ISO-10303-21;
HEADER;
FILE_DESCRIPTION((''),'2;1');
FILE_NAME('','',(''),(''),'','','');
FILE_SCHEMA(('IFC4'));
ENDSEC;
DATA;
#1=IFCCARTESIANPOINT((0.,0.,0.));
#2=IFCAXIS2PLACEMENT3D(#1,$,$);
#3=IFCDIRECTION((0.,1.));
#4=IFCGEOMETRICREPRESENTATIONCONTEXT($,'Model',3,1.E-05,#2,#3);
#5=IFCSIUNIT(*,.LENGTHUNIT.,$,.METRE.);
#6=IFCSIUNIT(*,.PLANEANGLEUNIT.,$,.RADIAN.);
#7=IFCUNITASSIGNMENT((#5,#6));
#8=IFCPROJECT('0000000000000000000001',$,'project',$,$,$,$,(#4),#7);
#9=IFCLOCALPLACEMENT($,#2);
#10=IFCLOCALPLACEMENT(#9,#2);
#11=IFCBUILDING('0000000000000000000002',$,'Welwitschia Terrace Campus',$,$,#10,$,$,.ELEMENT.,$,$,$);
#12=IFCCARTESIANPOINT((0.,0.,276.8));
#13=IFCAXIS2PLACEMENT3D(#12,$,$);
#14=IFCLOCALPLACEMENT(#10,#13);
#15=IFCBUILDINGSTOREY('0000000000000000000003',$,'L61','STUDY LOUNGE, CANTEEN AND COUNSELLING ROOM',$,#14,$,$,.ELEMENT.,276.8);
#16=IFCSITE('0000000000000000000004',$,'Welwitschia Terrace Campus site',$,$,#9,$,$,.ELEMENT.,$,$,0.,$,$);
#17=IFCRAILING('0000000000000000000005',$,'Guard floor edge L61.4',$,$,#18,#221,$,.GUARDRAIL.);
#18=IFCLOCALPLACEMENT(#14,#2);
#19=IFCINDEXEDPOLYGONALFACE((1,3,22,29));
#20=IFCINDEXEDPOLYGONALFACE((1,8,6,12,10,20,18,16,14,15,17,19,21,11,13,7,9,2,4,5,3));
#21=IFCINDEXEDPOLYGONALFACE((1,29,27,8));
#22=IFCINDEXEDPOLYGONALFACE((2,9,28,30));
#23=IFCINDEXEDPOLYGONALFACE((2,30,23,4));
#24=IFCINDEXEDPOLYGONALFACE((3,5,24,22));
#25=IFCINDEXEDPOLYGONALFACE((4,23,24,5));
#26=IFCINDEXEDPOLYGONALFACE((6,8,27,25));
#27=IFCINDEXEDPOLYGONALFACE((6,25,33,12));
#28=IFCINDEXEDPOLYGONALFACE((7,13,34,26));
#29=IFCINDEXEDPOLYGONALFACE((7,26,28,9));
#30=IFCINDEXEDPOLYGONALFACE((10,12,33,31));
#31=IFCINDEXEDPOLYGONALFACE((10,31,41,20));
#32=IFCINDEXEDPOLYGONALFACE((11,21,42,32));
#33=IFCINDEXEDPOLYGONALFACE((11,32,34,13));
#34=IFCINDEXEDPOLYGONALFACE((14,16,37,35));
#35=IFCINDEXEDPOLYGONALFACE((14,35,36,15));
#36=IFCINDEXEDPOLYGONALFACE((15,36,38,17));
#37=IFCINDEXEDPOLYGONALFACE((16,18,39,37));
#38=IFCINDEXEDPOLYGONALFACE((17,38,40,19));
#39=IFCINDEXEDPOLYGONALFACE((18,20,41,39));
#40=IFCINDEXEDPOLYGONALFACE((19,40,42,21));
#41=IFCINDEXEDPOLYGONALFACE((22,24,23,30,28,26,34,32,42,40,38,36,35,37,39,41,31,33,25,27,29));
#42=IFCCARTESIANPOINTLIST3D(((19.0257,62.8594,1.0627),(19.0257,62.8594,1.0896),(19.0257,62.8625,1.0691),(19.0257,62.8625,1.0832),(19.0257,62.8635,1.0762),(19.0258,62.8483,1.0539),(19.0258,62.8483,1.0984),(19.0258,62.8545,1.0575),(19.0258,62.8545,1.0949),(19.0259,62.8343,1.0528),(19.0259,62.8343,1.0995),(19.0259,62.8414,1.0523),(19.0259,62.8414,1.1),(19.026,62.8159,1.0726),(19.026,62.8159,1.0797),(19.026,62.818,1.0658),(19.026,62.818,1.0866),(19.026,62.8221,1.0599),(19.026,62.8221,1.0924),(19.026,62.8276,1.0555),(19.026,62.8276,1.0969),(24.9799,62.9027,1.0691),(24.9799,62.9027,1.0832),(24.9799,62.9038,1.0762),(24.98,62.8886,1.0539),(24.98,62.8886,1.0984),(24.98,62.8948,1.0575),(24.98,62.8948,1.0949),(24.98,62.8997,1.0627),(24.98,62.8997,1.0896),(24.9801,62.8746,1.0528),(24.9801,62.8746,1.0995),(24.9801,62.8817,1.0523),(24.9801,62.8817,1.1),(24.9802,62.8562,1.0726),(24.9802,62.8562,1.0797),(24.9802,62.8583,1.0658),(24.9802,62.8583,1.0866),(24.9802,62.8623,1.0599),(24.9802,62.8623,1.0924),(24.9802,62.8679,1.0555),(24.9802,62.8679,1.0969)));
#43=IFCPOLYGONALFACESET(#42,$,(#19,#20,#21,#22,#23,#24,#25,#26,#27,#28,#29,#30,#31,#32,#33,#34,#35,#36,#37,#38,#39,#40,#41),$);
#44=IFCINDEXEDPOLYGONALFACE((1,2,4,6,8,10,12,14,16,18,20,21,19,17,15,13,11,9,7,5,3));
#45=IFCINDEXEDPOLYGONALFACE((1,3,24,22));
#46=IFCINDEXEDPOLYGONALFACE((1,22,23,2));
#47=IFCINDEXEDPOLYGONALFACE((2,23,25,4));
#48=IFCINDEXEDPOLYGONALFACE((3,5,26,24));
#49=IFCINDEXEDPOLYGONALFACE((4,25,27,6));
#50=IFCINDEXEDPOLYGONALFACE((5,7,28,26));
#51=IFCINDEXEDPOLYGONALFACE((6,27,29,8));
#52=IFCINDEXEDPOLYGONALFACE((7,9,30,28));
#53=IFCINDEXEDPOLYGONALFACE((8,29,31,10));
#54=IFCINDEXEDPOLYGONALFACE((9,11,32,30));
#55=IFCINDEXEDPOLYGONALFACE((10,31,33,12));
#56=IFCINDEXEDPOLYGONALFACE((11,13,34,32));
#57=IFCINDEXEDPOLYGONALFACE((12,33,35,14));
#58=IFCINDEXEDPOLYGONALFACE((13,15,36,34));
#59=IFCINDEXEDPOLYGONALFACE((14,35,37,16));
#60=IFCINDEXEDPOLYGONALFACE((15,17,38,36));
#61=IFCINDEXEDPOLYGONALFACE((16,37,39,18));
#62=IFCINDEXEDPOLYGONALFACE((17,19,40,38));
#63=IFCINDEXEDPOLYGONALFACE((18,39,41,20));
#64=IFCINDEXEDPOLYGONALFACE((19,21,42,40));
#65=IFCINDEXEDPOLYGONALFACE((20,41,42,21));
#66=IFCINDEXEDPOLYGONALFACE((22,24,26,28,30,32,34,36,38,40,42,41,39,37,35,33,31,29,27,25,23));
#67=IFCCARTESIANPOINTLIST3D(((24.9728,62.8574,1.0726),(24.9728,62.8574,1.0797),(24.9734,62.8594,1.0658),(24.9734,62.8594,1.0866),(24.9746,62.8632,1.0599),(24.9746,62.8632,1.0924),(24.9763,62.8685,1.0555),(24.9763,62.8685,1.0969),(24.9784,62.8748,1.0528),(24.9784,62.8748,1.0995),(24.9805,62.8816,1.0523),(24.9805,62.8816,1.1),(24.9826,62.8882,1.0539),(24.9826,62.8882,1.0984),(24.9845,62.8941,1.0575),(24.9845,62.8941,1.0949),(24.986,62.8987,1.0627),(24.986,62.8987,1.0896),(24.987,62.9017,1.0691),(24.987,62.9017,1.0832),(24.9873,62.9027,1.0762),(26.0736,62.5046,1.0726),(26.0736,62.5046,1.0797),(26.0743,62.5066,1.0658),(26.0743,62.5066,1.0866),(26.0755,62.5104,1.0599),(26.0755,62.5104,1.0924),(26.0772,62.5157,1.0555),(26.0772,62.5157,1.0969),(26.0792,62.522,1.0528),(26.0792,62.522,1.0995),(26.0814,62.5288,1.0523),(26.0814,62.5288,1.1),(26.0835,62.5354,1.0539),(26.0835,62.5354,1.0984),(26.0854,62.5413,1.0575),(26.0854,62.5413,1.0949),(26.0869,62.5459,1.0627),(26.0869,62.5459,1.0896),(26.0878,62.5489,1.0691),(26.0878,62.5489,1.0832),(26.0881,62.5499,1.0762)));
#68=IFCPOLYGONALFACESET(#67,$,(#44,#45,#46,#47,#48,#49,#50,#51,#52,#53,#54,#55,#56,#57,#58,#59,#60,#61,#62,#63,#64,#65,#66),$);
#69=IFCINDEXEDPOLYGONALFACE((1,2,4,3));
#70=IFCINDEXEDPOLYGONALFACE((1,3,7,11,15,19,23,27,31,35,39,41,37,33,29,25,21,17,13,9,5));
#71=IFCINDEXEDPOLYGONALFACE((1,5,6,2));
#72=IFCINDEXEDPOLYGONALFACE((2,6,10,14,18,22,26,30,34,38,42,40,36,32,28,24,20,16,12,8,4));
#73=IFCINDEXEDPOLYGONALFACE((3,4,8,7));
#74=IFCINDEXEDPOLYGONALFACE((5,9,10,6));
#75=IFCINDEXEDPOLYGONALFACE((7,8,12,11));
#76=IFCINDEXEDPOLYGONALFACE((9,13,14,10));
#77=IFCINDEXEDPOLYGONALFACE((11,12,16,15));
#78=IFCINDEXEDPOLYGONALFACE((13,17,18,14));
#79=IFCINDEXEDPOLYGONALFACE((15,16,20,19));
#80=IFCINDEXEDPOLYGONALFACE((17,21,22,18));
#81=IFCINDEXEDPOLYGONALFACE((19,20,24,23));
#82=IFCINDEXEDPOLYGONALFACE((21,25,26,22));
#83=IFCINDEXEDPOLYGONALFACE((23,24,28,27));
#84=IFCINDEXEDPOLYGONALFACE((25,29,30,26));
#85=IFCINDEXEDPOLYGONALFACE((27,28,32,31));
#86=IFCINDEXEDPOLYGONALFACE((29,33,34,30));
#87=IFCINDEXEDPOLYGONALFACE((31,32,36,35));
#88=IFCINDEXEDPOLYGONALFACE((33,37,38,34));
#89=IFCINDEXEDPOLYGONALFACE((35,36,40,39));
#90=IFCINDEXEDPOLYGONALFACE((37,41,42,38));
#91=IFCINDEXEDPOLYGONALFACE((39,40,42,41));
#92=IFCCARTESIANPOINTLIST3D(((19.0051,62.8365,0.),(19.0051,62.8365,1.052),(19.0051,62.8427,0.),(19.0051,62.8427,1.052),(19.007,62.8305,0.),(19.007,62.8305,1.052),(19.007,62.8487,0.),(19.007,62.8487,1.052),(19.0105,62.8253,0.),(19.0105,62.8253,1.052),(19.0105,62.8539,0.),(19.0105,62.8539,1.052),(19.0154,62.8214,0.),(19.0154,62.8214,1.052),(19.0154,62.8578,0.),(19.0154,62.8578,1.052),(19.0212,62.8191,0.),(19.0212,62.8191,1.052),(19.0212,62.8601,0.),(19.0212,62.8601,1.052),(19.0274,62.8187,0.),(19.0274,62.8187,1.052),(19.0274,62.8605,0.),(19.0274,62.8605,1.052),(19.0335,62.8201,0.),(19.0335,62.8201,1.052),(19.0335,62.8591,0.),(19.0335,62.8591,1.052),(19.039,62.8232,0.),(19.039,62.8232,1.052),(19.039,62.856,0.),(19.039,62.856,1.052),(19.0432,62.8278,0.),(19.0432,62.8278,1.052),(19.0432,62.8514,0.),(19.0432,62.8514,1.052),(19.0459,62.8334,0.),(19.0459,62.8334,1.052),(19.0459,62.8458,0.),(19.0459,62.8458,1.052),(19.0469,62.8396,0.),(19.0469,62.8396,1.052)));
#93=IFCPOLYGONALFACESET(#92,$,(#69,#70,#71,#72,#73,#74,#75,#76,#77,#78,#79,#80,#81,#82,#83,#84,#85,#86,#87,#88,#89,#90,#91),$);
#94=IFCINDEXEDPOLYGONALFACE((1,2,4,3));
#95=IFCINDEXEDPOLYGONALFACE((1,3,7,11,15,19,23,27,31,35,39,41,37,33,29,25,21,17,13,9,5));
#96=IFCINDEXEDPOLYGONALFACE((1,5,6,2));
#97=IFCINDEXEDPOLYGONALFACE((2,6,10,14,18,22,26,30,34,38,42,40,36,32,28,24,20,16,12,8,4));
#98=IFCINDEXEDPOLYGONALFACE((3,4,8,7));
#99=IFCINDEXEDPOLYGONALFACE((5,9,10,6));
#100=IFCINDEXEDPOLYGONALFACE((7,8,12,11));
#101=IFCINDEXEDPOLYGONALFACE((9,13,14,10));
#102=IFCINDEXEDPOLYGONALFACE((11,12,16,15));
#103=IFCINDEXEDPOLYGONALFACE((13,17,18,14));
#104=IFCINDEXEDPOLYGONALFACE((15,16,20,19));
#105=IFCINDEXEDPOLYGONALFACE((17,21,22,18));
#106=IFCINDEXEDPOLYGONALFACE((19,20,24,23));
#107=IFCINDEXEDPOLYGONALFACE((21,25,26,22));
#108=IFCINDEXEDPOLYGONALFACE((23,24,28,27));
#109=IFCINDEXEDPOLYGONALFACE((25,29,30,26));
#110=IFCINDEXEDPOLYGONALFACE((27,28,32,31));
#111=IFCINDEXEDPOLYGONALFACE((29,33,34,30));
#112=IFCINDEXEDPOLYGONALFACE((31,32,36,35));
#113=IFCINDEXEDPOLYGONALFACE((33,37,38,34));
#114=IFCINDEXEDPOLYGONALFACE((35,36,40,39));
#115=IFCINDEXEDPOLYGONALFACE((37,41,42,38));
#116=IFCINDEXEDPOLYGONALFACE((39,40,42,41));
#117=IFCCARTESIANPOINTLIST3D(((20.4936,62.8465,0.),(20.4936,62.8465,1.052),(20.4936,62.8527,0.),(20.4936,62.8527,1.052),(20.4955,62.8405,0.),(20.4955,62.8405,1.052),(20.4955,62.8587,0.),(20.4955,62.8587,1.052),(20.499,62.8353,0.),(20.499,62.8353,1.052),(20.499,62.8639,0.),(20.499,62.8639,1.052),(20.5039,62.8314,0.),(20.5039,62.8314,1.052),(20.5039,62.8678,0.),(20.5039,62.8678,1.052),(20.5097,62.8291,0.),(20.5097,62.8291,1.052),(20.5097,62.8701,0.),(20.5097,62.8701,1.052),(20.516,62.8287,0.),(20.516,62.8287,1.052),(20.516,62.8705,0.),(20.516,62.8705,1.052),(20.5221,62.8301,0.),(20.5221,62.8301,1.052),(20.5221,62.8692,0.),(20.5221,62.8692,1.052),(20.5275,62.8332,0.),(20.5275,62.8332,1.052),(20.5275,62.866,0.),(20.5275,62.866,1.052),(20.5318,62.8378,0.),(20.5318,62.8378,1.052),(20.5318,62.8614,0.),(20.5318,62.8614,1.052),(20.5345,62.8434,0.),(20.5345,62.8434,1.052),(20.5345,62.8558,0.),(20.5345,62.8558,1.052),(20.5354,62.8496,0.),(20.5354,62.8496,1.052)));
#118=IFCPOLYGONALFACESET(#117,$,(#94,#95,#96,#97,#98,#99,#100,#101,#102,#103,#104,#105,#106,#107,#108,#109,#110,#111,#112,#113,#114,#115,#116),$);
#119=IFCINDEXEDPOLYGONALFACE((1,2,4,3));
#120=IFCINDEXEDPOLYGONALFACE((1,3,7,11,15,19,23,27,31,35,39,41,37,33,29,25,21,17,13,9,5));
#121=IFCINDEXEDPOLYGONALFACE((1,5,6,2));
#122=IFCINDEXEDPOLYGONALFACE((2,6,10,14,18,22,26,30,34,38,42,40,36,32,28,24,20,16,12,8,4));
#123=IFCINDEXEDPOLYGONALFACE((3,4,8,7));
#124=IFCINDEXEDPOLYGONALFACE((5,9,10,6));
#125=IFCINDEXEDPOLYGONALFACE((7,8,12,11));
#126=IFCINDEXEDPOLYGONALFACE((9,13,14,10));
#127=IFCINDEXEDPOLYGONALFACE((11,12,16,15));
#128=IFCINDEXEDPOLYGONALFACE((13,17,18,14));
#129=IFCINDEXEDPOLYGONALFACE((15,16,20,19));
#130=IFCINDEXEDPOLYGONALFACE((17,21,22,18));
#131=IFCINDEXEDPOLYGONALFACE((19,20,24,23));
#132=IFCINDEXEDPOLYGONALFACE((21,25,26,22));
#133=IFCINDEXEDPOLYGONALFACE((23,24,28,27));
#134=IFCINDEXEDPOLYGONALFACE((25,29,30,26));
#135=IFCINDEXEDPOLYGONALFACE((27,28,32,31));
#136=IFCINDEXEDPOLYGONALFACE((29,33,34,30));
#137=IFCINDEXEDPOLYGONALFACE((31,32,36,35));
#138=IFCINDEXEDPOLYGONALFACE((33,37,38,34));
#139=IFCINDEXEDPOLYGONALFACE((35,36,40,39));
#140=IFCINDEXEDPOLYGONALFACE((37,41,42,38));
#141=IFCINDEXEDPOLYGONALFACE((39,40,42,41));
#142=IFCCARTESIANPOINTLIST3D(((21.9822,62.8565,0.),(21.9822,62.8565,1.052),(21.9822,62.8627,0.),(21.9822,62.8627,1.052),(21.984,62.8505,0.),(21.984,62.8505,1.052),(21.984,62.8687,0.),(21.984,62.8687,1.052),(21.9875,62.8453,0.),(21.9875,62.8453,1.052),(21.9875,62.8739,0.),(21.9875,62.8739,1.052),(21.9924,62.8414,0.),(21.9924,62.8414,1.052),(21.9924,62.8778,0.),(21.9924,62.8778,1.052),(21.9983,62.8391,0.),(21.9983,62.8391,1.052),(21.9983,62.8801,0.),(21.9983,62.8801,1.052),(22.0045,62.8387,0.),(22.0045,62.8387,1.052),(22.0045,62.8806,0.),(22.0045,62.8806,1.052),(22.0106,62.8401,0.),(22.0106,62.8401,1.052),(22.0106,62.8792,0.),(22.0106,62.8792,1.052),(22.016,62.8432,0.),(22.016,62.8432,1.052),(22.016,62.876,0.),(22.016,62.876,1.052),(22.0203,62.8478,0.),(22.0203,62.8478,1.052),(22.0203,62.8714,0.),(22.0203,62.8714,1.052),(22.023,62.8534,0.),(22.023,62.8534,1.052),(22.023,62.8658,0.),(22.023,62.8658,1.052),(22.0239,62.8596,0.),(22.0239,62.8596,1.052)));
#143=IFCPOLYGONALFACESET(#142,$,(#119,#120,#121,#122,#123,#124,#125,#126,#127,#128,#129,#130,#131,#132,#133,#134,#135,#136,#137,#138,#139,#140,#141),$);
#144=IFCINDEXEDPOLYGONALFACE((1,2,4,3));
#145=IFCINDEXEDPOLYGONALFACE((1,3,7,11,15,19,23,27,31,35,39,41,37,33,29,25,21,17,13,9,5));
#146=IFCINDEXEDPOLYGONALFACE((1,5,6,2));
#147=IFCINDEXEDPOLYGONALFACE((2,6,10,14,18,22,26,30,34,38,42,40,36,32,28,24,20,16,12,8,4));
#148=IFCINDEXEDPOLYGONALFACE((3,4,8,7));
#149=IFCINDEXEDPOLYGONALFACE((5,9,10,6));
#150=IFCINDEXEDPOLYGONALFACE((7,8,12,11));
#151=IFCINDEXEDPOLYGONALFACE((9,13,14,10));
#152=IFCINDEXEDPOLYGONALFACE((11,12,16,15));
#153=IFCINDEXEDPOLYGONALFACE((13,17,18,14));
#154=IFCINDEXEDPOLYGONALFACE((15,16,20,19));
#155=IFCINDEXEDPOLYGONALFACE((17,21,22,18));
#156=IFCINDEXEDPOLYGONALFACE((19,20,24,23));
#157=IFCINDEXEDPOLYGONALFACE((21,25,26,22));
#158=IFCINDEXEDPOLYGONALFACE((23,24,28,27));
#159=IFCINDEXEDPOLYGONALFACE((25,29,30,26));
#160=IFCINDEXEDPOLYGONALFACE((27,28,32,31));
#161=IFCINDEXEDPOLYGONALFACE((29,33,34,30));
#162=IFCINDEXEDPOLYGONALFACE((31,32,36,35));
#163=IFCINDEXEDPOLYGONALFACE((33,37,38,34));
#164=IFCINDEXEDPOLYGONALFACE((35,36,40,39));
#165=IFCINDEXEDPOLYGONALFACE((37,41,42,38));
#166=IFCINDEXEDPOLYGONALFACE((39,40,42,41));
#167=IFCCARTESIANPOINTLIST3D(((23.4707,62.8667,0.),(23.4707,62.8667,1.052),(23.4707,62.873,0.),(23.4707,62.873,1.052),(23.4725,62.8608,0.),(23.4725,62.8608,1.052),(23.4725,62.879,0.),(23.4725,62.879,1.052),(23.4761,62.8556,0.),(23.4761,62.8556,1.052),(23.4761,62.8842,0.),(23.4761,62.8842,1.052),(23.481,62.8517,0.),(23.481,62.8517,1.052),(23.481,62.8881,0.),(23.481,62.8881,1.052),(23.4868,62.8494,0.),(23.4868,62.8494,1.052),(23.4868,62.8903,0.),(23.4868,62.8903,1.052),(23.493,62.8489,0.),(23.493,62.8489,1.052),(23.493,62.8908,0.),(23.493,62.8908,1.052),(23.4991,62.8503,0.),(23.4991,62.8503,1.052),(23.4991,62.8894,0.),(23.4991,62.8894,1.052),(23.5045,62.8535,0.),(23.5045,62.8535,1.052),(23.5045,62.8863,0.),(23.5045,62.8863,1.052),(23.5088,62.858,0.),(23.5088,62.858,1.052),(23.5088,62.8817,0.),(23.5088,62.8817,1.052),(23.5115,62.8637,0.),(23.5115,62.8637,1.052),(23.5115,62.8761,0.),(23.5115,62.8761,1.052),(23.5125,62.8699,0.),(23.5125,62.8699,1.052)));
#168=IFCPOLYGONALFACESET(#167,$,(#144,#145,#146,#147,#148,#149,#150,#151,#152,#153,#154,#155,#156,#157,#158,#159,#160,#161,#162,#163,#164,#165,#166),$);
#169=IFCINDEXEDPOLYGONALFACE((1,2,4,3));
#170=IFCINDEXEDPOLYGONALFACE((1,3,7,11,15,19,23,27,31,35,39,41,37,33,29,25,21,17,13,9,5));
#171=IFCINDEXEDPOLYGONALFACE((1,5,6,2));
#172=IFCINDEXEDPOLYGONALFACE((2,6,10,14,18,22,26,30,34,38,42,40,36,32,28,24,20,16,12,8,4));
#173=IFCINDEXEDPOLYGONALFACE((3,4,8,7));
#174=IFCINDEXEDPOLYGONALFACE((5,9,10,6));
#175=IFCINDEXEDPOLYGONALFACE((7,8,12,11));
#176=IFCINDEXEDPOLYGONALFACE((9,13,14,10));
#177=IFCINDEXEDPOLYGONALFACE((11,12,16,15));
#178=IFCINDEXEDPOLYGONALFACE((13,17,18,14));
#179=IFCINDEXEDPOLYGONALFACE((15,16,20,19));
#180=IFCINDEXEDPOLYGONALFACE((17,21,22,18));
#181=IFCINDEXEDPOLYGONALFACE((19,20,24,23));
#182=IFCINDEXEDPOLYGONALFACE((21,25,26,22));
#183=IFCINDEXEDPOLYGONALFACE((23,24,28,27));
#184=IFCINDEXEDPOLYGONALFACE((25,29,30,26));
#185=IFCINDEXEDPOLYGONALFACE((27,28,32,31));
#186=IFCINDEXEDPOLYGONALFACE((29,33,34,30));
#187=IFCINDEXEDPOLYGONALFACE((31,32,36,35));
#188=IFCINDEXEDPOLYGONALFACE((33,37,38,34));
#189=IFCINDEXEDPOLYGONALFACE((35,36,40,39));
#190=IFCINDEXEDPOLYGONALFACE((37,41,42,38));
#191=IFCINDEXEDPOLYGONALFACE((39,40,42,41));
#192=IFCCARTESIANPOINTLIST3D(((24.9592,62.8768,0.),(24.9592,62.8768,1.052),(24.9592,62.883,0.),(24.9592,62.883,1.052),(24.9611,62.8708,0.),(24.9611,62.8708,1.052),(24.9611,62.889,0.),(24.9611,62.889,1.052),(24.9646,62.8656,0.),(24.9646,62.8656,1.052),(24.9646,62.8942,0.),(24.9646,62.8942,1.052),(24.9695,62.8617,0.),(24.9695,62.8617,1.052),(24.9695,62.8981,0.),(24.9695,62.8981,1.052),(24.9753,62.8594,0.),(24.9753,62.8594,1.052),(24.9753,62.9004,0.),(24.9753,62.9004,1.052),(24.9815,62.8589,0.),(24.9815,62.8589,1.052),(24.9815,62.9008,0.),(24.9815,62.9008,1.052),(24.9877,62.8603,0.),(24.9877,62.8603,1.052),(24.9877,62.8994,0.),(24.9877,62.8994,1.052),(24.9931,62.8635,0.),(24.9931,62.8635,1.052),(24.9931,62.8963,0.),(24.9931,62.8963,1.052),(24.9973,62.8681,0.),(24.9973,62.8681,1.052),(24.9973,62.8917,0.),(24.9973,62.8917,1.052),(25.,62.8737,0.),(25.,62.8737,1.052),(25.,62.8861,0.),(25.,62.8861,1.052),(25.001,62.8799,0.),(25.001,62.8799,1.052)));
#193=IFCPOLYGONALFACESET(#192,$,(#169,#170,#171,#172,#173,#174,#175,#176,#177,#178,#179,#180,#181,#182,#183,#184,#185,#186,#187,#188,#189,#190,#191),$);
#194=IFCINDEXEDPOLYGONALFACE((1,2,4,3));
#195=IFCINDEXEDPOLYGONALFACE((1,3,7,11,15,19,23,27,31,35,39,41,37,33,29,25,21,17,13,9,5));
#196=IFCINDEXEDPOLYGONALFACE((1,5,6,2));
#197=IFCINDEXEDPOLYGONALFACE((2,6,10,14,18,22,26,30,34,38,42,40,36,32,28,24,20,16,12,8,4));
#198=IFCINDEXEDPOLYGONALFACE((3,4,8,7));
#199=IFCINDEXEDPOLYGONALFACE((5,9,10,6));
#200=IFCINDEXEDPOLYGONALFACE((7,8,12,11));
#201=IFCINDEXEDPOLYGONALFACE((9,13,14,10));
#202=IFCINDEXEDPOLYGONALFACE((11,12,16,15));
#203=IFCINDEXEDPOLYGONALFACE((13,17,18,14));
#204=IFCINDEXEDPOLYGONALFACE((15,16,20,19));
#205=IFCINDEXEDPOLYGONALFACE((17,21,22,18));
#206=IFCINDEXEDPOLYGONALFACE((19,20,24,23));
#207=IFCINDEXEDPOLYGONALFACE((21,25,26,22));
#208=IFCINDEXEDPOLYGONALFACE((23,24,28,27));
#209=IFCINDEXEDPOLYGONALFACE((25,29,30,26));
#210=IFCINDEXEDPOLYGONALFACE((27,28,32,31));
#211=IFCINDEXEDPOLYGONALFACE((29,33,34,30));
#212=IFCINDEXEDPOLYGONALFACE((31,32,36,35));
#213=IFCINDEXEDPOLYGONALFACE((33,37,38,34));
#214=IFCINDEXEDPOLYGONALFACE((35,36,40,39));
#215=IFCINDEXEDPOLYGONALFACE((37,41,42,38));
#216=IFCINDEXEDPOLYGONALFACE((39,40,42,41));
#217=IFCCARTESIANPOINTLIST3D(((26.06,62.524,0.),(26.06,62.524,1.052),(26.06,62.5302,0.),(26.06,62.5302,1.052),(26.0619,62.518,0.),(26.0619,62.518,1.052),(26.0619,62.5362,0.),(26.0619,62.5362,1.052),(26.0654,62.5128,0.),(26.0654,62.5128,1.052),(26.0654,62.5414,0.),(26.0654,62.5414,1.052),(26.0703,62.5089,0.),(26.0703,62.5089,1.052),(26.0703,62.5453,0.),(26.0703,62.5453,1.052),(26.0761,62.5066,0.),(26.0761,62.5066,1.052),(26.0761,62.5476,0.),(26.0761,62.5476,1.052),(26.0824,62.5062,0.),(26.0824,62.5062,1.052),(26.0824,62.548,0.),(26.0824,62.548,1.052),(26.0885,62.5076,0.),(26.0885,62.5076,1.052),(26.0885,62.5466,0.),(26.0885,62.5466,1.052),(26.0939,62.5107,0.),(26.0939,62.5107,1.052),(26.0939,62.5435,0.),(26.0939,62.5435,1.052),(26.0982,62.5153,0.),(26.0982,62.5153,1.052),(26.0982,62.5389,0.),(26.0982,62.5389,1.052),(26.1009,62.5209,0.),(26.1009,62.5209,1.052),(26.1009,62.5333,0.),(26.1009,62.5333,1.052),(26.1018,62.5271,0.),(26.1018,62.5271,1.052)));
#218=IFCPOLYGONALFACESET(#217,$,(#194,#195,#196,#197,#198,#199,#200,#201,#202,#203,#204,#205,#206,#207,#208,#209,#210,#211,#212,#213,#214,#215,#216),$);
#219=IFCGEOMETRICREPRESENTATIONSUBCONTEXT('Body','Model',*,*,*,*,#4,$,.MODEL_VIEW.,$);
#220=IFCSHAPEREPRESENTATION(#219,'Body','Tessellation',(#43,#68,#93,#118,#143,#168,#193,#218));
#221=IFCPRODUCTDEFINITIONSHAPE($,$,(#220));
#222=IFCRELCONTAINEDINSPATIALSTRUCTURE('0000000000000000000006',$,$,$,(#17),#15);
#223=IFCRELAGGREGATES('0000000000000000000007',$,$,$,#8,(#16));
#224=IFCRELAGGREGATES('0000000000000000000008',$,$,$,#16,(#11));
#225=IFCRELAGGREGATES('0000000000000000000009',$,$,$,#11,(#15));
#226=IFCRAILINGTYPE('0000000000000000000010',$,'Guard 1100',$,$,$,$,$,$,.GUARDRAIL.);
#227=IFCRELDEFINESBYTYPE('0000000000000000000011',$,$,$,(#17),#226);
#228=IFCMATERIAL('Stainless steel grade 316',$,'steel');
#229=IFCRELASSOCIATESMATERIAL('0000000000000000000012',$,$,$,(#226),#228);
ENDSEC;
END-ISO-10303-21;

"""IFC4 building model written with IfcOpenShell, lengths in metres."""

from ifc_helpers import new_model, si_unit, direction, frame, origin, origin_2d, place, context, subcontext, project, spatial, circle, extrude, material, type_object, element, save


model = new_model("IFC4")

# Units and contexts
model_context = context("Model", 3, precision=1e-05, world=origin(), true_north=direction((0.0, 1.0)))
body_context = subcontext(model_context, "Body", "Model", "MODEL_VIEW")
ifc_project = project(units=[si_unit("LENGTHUNIT", "METRE"), si_unit("PLANEANGLEUNIT", "RADIAN")], contexts=[model_context])

# Site, building, storey
site_placement = place(None, origin())
site = spatial("IfcSite", under=ifc_project, at=site_placement, Name="Welwitschia Terrace Campus site", CompositionType="ELEMENT", RefElevation=0.0)
building_placement = place(site_placement, origin())
building = spatial("IfcBuilding", under=site, at=building_placement, Name="Welwitschia Terrace Campus", CompositionType="ELEMENT")
storey_placement = place(building_placement, frame((0.0, 0.0, 276.8)))
storey = spatial("IfcBuildingStorey", under=building, at=storey_placement, Name="L61", Description="STUDY LOUNGE, CANTEEN AND COUNSELLING ROOM", CompositionType="ELEMENT", Elevation=276.8)

# Railing
ifc_material_1 = material(Name="Stainless steel grade 316", Category="steel")
railing_type = type_object("IfcRailingType", Name="Guard 1100", PredefinedType="GUARDRAIL", material=ifc_material_1)
railing_placement = place(storey_placement, frame((19.0259, 62.8396, 0.0)))
element("IfcRailing", 1, at=railing_placement, inside=storey, type_object=railing_type, Name="Guard floor edge L61.4", PredefinedType="GUARDRAIL", context=body_context, shape_type="SweptSolid", body=[
    extrude(circle(Radius=0.0239, at=origin_2d()), frame((0.0, 0.0, 1.0762), z_axis=(0.999977, 0.006765, 0.0), x_axis=(-0.006765, 0.999977, 0.0)), (0.0, 0.0, 1.0), 5.9543),
    extrude(circle(Radius=0.0239, at=origin_2d()), frame((5.9541, 0.0403, 1.0762), z_axis=(0.952294, -0.305182, 0.0), x_axis=(0.305182, 0.952294, 0.0)), (0.0, 0.0, 1.0), 1.156),
    extrude(circle(Radius=0.021, at=origin_2d()), origin(), (0.0, 0.0, 1.0), 1.052),
    extrude(circle(Radius=0.021, at=origin_2d()), frame((1.4885, 0.01, 0.0)), (0.0, 0.0, 1.0), 1.052),
    extrude(circle(Radius=0.021, at=origin_2d()), frame((2.9771, 0.02, 0.0)), (0.0, 0.0, 1.0), 1.052),
    extrude(circle(Radius=0.021, at=origin_2d()), frame((4.4656, 0.0303, 0.0)), (0.0, 0.0, 1.0), 1.052),
    extrude(circle(Radius=0.021, at=origin_2d()), frame((5.9541, 0.0403, 0.0)), (0.0, 0.0, 1.0), 1.052),
    extrude(circle(Radius=0.021, at=origin_2d()), frame((7.0549, -0.3125, 0.0)), (0.0, 0.0, 1.0), 1.052),
])

save(model, "model.ifc")
